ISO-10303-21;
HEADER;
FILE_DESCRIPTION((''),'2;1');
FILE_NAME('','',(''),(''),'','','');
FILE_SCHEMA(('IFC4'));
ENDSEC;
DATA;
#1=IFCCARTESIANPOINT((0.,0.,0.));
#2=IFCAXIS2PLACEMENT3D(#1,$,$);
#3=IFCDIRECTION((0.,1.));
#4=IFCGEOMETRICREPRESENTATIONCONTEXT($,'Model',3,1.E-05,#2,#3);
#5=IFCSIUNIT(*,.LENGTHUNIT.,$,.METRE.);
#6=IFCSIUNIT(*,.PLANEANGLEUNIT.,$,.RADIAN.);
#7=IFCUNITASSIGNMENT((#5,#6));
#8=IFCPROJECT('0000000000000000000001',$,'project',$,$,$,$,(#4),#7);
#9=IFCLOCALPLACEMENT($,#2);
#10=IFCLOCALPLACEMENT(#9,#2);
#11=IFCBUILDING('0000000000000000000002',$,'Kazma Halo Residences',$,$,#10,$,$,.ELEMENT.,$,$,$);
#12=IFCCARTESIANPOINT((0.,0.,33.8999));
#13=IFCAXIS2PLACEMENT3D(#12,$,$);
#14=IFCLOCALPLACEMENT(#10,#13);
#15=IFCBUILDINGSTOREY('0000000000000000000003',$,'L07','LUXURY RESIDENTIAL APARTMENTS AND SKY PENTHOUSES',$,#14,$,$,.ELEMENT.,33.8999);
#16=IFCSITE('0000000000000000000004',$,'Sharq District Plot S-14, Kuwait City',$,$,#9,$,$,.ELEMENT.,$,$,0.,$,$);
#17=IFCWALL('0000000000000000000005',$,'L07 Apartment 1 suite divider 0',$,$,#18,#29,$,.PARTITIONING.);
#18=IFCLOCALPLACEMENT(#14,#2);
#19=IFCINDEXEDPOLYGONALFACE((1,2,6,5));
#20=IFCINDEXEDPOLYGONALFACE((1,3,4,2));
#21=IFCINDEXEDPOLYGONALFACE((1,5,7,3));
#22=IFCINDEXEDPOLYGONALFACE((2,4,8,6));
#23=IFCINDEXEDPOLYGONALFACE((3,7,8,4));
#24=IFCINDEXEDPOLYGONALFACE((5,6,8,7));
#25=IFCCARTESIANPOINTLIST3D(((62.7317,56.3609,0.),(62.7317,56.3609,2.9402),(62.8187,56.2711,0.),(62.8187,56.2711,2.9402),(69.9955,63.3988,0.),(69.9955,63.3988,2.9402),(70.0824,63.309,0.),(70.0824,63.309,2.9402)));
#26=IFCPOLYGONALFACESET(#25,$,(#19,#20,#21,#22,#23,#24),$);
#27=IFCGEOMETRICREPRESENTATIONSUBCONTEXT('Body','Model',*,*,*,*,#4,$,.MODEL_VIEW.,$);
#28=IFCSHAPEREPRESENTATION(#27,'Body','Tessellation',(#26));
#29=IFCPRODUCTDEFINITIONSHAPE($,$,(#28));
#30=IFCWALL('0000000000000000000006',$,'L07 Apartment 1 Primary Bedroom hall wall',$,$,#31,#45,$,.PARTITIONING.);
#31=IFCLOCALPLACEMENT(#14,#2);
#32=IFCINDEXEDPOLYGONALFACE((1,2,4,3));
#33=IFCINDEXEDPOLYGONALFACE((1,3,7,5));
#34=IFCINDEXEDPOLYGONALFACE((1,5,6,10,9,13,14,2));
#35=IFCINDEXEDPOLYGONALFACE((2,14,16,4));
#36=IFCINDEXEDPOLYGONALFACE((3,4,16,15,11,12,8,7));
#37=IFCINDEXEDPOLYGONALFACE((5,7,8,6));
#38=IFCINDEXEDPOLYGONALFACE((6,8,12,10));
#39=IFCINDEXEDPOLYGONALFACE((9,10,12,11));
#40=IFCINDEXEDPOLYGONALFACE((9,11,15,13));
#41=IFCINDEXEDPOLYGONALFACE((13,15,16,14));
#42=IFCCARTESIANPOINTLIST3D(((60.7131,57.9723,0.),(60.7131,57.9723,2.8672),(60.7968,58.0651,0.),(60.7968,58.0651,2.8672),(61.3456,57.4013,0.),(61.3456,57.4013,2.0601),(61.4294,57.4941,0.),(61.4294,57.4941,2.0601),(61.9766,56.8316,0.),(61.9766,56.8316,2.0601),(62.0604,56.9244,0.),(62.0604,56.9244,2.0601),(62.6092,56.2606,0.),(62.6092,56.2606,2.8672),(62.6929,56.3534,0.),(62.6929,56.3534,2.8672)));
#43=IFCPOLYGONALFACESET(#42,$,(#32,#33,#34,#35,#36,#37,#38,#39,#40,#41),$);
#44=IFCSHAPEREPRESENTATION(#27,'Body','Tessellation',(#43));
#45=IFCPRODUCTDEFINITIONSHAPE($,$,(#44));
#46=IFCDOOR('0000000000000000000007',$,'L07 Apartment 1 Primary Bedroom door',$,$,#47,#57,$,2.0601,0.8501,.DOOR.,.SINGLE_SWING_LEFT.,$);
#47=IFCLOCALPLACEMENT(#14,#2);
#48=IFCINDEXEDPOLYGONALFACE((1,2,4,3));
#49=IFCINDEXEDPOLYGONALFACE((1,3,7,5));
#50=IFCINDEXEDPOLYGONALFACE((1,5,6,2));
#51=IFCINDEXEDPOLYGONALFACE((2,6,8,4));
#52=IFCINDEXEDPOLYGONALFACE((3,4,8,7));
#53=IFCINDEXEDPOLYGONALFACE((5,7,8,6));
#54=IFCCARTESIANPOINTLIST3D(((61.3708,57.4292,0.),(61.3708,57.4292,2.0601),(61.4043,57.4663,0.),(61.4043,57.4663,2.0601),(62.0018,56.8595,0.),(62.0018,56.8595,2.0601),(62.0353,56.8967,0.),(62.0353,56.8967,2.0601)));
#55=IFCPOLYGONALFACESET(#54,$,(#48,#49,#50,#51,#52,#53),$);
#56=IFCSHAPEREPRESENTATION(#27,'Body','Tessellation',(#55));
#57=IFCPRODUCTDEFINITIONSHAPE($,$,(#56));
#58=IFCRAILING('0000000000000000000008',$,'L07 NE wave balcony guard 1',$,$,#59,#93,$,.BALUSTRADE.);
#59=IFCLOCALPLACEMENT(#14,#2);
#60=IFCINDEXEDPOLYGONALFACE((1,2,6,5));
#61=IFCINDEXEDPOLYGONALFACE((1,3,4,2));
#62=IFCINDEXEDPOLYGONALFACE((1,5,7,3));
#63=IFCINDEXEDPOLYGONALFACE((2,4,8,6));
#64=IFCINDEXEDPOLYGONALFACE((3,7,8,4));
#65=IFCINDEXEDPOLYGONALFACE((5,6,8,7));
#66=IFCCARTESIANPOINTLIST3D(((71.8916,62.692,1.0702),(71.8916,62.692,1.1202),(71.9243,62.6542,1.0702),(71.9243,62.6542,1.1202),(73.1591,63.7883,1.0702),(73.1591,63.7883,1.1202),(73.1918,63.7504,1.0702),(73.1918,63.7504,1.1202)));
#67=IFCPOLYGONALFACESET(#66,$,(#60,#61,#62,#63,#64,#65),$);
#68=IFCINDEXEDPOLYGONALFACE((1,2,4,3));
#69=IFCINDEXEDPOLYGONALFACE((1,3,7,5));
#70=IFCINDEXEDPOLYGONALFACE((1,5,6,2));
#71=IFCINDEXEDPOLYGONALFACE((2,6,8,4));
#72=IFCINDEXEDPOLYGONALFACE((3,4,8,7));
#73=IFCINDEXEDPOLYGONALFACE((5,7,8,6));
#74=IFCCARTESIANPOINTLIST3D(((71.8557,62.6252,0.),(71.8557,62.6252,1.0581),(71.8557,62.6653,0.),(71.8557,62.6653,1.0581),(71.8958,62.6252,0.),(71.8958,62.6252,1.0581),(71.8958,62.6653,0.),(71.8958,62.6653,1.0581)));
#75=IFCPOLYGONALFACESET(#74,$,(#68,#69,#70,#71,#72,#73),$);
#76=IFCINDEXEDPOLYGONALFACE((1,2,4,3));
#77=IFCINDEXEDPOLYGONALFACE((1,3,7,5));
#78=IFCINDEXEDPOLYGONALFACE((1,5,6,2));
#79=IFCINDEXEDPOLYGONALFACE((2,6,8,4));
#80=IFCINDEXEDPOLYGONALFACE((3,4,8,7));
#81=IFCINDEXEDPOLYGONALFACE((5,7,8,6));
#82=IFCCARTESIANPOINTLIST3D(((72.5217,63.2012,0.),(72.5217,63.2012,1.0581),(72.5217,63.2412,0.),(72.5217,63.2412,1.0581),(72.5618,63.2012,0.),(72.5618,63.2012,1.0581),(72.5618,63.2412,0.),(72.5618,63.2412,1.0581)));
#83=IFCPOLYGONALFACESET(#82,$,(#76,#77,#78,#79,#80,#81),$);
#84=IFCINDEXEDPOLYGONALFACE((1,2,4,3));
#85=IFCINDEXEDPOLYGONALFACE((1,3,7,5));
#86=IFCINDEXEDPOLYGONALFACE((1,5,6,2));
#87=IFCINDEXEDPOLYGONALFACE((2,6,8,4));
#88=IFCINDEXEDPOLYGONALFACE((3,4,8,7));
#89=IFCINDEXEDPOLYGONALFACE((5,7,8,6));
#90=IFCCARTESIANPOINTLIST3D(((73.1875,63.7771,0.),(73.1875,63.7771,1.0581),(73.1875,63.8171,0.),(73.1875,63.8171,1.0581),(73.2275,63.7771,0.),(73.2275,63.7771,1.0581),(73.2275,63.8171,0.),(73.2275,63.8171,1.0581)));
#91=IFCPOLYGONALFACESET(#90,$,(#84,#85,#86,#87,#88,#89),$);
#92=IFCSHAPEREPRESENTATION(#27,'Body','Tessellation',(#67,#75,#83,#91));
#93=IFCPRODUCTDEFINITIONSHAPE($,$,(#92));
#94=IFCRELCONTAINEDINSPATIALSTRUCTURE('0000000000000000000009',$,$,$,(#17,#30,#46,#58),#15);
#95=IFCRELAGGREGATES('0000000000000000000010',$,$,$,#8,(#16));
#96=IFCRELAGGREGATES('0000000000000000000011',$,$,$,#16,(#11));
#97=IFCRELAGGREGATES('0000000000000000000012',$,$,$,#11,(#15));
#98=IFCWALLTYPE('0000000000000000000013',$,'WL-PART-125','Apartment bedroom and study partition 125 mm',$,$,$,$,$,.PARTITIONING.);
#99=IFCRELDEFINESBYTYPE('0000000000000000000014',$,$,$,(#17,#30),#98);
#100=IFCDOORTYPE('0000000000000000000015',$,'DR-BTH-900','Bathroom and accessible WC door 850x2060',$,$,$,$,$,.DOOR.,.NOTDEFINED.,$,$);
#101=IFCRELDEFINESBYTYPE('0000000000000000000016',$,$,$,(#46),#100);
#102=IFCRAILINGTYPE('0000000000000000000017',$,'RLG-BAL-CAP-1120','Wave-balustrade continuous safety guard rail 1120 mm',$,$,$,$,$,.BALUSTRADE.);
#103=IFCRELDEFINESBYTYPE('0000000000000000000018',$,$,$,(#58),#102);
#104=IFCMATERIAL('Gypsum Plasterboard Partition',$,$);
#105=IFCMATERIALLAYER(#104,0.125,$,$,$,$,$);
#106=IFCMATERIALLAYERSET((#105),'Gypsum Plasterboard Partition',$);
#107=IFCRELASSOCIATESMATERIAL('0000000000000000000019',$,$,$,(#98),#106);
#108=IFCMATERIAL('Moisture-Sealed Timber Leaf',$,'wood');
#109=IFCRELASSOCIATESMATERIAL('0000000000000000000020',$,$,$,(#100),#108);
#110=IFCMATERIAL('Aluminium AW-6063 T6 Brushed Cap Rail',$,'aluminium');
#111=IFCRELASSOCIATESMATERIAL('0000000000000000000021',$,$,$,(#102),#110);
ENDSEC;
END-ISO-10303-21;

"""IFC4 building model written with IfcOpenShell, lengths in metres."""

from ifc_helpers import new_model, si_unit, direction, frame, frame_2d, origin, origin_2d, place, context, subcontext, project, spatial, rectangle, extrude, material, layer, layer_set, type_object, element, fill, save


model = new_model("IFC4")

# Units and contexts
model_context = context("Model", 3, precision=1e-05, world=origin(), true_north=direction((0.0, 1.0)))
body_context = subcontext(model_context, "Body", "Model", "MODEL_VIEW")
ifc_project = project(units=[si_unit("LENGTHUNIT", "METRE"), si_unit("PLANEANGLEUNIT", "RADIAN")], contexts=[model_context])

# Site, building, storey
site_placement = place(None, origin())
site = spatial("IfcSite", under=ifc_project, at=site_placement, Name="Sharq District Plot S-14, Kuwait City", CompositionType="ELEMENT", RefElevation=0.0)
building_placement = place(site_placement, origin())
building = spatial("IfcBuilding", under=site, at=building_placement, Name="Kazma Halo Residences", CompositionType="ELEMENT")
storey_placement = place(building_placement, frame((0.0, 0.0, 33.8999)))
storey = spatial("IfcBuildingStorey", under=building, at=storey_placement, Name="L07", Description="LUXURY RESIDENTIAL APARTMENTS AND SKY PENTHOUSES", CompositionType="ELEMENT", Elevation=33.8999)

# Shared definitions
ifc_material_1 = material(Name="Gypsum Plasterboard Partition")
ifc_layer_1 = layer(ifc_material_1, 0.125)
ifc_layer_set_1 = layer_set([ifc_layer_1], Name="Gypsum Plasterboard Partition")
wall_type_1 = type_object("IfcWallType", Name="WL-PART-125", Description="Apartment bedroom and study partition 125 mm", PredefinedType="PARTITIONING", material=ifc_layer_set_1)
ifc_material_2 = material(Name="Moisture-Sealed Timber Leaf", Category="wood")
door_type_1 = type_object("IfcDoorType", Name="DR-BTH-900", Description="Bathroom and accessible WC door 850x2060", OperationType="NOTDEFINED", PredefinedType="DOOR", material=ifc_material_2)

# Wall
wall_1_placement = place(storey_placement, frame((62.7751, 56.3159, 0.0), z_axis=(0.0, 0.0, 1.0), x_axis=(0.718183, 0.695854, 0.0)))
element("IfcWall", 1, at=wall_1_placement, inside=storey, type_object=wall_type_1, Name="L07 Apartment 1 suite divider 0", PredefinedType="PARTITIONING", context=body_context, shape_type="SweptSolid", body=[
    extrude(rectangle(XDim=10.114, YDim=0.125, at=frame_2d((5.0571, 0.0))), origin(), (0.0, 0.0, 1.0), 2.9402),
])

# Wall, opening, door
wall_2_placement = place(storey_placement, frame((62.6511, 56.3069, 0.0), z_axis=(0.0, 0.0, 1.0), x_axis=(-0.742267, 0.670105, 0.0)))
wall_2 = element("IfcWall", 2, at=wall_2_placement, inside=storey, type_object=wall_type_1, Name="L07 Apartment 1 Primary Bedroom hall wall", PredefinedType="PARTITIONING", context=body_context, shape_type="SweptSolid", body=[
    extrude(rectangle(XDim=2.5544, YDim=0.125, at=frame_2d((1.2773, 0.0))), origin(), (0.0, 0.0, 1.0), 2.8672),
])
opening_1_placement = place(wall_2_placement, frame((0.8523, 0.0, 0.0)))
opening_1 = element("IfcOpeningElement", 3, at=opening_1_placement, cuts=wall_2, PredefinedType="OPENING", context=body_context, shape_type="SweptSolid", body=[
    extrude(rectangle(XDim=0.8501, YDim=2.0601, at=frame_2d((0.425, 1.03))), frame((0.0, 0.0725, 0.0), z_axis=(0.0, -1.0, 0.0), x_axis=(1.0, 0.0, 0.0)), (0.0, 0.0, 1.0), 0.145),
])
door_1_placement = place(opening_1_placement, origin())
door_1 = element("IfcDoor", 4, at=door_1_placement, inside=storey, type_object=door_type_1, Name="L07 Apartment 1 Primary Bedroom door", OperationType="SINGLE_SWING_LEFT", OverallHeight=2.0601, OverallWidth=0.8501, PredefinedType="DOOR", context=body_context, shape_type="SweptSolid", body=[
    extrude(rectangle(XDim=0.8501, YDim=2.0601, at=frame_2d((0.425, 1.03))), frame((0.0, 0.0249, 0.0), z_axis=(0.0, -1.0, 0.0), x_axis=(1.0, 0.0, 0.0)), (0.0, 0.0, 1.0), 0.05),
])
fill(opening_1, door_1)

# Railing
ifc_material_3 = material(Name="Aluminium AW-6063 T6 Brushed Cap Rail", Category="aluminium")
railing_type = type_object("IfcRailingType", Name="RLG-BAL-CAP-1120", Description="Wave-balustrade continuous safety guard rail 1120 mm", PredefinedType="BALUSTRADE", material=ifc_material_3)
railing_1_placement = place(storey_placement, frame((71.8757, 62.6453, 0.0)))
element("IfcRailing", 5, at=railing_1_placement, inside=storey, type_object=railing_type, Name="L07 NE wave balcony guard 1", PredefinedType="BALUSTRADE", context=body_context, shape_type="SweptSolid", body=[
    extrude(rectangle(XDim=0.05, YDim=0.05, at=origin_2d()), frame((0.0322, 0.0278, 1.0952), z_axis=(0.756352, 0.654165, 0.0), x_axis=(-0.654165, 0.756352, 0.0)), (0.0, 0.0, 1.0), 1.6758),
    extrude(rectangle(XDim=0.04, YDim=0.04, at=origin_2d()), origin(), (0.0, 0.0, 1.0), 1.0581),
    extrude(rectangle(XDim=0.04, YDim=0.04, at=origin_2d()), frame((0.666, 0.5759, 0.0)), (0.0, 0.0, 1.0), 1.0581),
    extrude(rectangle(XDim=0.04, YDim=0.04, at=origin_2d()), frame((1.3318, 1.1519, 0.0)), (0.0, 0.0, 1.0), 1.0581),
])

save(model, "model.ifc")
